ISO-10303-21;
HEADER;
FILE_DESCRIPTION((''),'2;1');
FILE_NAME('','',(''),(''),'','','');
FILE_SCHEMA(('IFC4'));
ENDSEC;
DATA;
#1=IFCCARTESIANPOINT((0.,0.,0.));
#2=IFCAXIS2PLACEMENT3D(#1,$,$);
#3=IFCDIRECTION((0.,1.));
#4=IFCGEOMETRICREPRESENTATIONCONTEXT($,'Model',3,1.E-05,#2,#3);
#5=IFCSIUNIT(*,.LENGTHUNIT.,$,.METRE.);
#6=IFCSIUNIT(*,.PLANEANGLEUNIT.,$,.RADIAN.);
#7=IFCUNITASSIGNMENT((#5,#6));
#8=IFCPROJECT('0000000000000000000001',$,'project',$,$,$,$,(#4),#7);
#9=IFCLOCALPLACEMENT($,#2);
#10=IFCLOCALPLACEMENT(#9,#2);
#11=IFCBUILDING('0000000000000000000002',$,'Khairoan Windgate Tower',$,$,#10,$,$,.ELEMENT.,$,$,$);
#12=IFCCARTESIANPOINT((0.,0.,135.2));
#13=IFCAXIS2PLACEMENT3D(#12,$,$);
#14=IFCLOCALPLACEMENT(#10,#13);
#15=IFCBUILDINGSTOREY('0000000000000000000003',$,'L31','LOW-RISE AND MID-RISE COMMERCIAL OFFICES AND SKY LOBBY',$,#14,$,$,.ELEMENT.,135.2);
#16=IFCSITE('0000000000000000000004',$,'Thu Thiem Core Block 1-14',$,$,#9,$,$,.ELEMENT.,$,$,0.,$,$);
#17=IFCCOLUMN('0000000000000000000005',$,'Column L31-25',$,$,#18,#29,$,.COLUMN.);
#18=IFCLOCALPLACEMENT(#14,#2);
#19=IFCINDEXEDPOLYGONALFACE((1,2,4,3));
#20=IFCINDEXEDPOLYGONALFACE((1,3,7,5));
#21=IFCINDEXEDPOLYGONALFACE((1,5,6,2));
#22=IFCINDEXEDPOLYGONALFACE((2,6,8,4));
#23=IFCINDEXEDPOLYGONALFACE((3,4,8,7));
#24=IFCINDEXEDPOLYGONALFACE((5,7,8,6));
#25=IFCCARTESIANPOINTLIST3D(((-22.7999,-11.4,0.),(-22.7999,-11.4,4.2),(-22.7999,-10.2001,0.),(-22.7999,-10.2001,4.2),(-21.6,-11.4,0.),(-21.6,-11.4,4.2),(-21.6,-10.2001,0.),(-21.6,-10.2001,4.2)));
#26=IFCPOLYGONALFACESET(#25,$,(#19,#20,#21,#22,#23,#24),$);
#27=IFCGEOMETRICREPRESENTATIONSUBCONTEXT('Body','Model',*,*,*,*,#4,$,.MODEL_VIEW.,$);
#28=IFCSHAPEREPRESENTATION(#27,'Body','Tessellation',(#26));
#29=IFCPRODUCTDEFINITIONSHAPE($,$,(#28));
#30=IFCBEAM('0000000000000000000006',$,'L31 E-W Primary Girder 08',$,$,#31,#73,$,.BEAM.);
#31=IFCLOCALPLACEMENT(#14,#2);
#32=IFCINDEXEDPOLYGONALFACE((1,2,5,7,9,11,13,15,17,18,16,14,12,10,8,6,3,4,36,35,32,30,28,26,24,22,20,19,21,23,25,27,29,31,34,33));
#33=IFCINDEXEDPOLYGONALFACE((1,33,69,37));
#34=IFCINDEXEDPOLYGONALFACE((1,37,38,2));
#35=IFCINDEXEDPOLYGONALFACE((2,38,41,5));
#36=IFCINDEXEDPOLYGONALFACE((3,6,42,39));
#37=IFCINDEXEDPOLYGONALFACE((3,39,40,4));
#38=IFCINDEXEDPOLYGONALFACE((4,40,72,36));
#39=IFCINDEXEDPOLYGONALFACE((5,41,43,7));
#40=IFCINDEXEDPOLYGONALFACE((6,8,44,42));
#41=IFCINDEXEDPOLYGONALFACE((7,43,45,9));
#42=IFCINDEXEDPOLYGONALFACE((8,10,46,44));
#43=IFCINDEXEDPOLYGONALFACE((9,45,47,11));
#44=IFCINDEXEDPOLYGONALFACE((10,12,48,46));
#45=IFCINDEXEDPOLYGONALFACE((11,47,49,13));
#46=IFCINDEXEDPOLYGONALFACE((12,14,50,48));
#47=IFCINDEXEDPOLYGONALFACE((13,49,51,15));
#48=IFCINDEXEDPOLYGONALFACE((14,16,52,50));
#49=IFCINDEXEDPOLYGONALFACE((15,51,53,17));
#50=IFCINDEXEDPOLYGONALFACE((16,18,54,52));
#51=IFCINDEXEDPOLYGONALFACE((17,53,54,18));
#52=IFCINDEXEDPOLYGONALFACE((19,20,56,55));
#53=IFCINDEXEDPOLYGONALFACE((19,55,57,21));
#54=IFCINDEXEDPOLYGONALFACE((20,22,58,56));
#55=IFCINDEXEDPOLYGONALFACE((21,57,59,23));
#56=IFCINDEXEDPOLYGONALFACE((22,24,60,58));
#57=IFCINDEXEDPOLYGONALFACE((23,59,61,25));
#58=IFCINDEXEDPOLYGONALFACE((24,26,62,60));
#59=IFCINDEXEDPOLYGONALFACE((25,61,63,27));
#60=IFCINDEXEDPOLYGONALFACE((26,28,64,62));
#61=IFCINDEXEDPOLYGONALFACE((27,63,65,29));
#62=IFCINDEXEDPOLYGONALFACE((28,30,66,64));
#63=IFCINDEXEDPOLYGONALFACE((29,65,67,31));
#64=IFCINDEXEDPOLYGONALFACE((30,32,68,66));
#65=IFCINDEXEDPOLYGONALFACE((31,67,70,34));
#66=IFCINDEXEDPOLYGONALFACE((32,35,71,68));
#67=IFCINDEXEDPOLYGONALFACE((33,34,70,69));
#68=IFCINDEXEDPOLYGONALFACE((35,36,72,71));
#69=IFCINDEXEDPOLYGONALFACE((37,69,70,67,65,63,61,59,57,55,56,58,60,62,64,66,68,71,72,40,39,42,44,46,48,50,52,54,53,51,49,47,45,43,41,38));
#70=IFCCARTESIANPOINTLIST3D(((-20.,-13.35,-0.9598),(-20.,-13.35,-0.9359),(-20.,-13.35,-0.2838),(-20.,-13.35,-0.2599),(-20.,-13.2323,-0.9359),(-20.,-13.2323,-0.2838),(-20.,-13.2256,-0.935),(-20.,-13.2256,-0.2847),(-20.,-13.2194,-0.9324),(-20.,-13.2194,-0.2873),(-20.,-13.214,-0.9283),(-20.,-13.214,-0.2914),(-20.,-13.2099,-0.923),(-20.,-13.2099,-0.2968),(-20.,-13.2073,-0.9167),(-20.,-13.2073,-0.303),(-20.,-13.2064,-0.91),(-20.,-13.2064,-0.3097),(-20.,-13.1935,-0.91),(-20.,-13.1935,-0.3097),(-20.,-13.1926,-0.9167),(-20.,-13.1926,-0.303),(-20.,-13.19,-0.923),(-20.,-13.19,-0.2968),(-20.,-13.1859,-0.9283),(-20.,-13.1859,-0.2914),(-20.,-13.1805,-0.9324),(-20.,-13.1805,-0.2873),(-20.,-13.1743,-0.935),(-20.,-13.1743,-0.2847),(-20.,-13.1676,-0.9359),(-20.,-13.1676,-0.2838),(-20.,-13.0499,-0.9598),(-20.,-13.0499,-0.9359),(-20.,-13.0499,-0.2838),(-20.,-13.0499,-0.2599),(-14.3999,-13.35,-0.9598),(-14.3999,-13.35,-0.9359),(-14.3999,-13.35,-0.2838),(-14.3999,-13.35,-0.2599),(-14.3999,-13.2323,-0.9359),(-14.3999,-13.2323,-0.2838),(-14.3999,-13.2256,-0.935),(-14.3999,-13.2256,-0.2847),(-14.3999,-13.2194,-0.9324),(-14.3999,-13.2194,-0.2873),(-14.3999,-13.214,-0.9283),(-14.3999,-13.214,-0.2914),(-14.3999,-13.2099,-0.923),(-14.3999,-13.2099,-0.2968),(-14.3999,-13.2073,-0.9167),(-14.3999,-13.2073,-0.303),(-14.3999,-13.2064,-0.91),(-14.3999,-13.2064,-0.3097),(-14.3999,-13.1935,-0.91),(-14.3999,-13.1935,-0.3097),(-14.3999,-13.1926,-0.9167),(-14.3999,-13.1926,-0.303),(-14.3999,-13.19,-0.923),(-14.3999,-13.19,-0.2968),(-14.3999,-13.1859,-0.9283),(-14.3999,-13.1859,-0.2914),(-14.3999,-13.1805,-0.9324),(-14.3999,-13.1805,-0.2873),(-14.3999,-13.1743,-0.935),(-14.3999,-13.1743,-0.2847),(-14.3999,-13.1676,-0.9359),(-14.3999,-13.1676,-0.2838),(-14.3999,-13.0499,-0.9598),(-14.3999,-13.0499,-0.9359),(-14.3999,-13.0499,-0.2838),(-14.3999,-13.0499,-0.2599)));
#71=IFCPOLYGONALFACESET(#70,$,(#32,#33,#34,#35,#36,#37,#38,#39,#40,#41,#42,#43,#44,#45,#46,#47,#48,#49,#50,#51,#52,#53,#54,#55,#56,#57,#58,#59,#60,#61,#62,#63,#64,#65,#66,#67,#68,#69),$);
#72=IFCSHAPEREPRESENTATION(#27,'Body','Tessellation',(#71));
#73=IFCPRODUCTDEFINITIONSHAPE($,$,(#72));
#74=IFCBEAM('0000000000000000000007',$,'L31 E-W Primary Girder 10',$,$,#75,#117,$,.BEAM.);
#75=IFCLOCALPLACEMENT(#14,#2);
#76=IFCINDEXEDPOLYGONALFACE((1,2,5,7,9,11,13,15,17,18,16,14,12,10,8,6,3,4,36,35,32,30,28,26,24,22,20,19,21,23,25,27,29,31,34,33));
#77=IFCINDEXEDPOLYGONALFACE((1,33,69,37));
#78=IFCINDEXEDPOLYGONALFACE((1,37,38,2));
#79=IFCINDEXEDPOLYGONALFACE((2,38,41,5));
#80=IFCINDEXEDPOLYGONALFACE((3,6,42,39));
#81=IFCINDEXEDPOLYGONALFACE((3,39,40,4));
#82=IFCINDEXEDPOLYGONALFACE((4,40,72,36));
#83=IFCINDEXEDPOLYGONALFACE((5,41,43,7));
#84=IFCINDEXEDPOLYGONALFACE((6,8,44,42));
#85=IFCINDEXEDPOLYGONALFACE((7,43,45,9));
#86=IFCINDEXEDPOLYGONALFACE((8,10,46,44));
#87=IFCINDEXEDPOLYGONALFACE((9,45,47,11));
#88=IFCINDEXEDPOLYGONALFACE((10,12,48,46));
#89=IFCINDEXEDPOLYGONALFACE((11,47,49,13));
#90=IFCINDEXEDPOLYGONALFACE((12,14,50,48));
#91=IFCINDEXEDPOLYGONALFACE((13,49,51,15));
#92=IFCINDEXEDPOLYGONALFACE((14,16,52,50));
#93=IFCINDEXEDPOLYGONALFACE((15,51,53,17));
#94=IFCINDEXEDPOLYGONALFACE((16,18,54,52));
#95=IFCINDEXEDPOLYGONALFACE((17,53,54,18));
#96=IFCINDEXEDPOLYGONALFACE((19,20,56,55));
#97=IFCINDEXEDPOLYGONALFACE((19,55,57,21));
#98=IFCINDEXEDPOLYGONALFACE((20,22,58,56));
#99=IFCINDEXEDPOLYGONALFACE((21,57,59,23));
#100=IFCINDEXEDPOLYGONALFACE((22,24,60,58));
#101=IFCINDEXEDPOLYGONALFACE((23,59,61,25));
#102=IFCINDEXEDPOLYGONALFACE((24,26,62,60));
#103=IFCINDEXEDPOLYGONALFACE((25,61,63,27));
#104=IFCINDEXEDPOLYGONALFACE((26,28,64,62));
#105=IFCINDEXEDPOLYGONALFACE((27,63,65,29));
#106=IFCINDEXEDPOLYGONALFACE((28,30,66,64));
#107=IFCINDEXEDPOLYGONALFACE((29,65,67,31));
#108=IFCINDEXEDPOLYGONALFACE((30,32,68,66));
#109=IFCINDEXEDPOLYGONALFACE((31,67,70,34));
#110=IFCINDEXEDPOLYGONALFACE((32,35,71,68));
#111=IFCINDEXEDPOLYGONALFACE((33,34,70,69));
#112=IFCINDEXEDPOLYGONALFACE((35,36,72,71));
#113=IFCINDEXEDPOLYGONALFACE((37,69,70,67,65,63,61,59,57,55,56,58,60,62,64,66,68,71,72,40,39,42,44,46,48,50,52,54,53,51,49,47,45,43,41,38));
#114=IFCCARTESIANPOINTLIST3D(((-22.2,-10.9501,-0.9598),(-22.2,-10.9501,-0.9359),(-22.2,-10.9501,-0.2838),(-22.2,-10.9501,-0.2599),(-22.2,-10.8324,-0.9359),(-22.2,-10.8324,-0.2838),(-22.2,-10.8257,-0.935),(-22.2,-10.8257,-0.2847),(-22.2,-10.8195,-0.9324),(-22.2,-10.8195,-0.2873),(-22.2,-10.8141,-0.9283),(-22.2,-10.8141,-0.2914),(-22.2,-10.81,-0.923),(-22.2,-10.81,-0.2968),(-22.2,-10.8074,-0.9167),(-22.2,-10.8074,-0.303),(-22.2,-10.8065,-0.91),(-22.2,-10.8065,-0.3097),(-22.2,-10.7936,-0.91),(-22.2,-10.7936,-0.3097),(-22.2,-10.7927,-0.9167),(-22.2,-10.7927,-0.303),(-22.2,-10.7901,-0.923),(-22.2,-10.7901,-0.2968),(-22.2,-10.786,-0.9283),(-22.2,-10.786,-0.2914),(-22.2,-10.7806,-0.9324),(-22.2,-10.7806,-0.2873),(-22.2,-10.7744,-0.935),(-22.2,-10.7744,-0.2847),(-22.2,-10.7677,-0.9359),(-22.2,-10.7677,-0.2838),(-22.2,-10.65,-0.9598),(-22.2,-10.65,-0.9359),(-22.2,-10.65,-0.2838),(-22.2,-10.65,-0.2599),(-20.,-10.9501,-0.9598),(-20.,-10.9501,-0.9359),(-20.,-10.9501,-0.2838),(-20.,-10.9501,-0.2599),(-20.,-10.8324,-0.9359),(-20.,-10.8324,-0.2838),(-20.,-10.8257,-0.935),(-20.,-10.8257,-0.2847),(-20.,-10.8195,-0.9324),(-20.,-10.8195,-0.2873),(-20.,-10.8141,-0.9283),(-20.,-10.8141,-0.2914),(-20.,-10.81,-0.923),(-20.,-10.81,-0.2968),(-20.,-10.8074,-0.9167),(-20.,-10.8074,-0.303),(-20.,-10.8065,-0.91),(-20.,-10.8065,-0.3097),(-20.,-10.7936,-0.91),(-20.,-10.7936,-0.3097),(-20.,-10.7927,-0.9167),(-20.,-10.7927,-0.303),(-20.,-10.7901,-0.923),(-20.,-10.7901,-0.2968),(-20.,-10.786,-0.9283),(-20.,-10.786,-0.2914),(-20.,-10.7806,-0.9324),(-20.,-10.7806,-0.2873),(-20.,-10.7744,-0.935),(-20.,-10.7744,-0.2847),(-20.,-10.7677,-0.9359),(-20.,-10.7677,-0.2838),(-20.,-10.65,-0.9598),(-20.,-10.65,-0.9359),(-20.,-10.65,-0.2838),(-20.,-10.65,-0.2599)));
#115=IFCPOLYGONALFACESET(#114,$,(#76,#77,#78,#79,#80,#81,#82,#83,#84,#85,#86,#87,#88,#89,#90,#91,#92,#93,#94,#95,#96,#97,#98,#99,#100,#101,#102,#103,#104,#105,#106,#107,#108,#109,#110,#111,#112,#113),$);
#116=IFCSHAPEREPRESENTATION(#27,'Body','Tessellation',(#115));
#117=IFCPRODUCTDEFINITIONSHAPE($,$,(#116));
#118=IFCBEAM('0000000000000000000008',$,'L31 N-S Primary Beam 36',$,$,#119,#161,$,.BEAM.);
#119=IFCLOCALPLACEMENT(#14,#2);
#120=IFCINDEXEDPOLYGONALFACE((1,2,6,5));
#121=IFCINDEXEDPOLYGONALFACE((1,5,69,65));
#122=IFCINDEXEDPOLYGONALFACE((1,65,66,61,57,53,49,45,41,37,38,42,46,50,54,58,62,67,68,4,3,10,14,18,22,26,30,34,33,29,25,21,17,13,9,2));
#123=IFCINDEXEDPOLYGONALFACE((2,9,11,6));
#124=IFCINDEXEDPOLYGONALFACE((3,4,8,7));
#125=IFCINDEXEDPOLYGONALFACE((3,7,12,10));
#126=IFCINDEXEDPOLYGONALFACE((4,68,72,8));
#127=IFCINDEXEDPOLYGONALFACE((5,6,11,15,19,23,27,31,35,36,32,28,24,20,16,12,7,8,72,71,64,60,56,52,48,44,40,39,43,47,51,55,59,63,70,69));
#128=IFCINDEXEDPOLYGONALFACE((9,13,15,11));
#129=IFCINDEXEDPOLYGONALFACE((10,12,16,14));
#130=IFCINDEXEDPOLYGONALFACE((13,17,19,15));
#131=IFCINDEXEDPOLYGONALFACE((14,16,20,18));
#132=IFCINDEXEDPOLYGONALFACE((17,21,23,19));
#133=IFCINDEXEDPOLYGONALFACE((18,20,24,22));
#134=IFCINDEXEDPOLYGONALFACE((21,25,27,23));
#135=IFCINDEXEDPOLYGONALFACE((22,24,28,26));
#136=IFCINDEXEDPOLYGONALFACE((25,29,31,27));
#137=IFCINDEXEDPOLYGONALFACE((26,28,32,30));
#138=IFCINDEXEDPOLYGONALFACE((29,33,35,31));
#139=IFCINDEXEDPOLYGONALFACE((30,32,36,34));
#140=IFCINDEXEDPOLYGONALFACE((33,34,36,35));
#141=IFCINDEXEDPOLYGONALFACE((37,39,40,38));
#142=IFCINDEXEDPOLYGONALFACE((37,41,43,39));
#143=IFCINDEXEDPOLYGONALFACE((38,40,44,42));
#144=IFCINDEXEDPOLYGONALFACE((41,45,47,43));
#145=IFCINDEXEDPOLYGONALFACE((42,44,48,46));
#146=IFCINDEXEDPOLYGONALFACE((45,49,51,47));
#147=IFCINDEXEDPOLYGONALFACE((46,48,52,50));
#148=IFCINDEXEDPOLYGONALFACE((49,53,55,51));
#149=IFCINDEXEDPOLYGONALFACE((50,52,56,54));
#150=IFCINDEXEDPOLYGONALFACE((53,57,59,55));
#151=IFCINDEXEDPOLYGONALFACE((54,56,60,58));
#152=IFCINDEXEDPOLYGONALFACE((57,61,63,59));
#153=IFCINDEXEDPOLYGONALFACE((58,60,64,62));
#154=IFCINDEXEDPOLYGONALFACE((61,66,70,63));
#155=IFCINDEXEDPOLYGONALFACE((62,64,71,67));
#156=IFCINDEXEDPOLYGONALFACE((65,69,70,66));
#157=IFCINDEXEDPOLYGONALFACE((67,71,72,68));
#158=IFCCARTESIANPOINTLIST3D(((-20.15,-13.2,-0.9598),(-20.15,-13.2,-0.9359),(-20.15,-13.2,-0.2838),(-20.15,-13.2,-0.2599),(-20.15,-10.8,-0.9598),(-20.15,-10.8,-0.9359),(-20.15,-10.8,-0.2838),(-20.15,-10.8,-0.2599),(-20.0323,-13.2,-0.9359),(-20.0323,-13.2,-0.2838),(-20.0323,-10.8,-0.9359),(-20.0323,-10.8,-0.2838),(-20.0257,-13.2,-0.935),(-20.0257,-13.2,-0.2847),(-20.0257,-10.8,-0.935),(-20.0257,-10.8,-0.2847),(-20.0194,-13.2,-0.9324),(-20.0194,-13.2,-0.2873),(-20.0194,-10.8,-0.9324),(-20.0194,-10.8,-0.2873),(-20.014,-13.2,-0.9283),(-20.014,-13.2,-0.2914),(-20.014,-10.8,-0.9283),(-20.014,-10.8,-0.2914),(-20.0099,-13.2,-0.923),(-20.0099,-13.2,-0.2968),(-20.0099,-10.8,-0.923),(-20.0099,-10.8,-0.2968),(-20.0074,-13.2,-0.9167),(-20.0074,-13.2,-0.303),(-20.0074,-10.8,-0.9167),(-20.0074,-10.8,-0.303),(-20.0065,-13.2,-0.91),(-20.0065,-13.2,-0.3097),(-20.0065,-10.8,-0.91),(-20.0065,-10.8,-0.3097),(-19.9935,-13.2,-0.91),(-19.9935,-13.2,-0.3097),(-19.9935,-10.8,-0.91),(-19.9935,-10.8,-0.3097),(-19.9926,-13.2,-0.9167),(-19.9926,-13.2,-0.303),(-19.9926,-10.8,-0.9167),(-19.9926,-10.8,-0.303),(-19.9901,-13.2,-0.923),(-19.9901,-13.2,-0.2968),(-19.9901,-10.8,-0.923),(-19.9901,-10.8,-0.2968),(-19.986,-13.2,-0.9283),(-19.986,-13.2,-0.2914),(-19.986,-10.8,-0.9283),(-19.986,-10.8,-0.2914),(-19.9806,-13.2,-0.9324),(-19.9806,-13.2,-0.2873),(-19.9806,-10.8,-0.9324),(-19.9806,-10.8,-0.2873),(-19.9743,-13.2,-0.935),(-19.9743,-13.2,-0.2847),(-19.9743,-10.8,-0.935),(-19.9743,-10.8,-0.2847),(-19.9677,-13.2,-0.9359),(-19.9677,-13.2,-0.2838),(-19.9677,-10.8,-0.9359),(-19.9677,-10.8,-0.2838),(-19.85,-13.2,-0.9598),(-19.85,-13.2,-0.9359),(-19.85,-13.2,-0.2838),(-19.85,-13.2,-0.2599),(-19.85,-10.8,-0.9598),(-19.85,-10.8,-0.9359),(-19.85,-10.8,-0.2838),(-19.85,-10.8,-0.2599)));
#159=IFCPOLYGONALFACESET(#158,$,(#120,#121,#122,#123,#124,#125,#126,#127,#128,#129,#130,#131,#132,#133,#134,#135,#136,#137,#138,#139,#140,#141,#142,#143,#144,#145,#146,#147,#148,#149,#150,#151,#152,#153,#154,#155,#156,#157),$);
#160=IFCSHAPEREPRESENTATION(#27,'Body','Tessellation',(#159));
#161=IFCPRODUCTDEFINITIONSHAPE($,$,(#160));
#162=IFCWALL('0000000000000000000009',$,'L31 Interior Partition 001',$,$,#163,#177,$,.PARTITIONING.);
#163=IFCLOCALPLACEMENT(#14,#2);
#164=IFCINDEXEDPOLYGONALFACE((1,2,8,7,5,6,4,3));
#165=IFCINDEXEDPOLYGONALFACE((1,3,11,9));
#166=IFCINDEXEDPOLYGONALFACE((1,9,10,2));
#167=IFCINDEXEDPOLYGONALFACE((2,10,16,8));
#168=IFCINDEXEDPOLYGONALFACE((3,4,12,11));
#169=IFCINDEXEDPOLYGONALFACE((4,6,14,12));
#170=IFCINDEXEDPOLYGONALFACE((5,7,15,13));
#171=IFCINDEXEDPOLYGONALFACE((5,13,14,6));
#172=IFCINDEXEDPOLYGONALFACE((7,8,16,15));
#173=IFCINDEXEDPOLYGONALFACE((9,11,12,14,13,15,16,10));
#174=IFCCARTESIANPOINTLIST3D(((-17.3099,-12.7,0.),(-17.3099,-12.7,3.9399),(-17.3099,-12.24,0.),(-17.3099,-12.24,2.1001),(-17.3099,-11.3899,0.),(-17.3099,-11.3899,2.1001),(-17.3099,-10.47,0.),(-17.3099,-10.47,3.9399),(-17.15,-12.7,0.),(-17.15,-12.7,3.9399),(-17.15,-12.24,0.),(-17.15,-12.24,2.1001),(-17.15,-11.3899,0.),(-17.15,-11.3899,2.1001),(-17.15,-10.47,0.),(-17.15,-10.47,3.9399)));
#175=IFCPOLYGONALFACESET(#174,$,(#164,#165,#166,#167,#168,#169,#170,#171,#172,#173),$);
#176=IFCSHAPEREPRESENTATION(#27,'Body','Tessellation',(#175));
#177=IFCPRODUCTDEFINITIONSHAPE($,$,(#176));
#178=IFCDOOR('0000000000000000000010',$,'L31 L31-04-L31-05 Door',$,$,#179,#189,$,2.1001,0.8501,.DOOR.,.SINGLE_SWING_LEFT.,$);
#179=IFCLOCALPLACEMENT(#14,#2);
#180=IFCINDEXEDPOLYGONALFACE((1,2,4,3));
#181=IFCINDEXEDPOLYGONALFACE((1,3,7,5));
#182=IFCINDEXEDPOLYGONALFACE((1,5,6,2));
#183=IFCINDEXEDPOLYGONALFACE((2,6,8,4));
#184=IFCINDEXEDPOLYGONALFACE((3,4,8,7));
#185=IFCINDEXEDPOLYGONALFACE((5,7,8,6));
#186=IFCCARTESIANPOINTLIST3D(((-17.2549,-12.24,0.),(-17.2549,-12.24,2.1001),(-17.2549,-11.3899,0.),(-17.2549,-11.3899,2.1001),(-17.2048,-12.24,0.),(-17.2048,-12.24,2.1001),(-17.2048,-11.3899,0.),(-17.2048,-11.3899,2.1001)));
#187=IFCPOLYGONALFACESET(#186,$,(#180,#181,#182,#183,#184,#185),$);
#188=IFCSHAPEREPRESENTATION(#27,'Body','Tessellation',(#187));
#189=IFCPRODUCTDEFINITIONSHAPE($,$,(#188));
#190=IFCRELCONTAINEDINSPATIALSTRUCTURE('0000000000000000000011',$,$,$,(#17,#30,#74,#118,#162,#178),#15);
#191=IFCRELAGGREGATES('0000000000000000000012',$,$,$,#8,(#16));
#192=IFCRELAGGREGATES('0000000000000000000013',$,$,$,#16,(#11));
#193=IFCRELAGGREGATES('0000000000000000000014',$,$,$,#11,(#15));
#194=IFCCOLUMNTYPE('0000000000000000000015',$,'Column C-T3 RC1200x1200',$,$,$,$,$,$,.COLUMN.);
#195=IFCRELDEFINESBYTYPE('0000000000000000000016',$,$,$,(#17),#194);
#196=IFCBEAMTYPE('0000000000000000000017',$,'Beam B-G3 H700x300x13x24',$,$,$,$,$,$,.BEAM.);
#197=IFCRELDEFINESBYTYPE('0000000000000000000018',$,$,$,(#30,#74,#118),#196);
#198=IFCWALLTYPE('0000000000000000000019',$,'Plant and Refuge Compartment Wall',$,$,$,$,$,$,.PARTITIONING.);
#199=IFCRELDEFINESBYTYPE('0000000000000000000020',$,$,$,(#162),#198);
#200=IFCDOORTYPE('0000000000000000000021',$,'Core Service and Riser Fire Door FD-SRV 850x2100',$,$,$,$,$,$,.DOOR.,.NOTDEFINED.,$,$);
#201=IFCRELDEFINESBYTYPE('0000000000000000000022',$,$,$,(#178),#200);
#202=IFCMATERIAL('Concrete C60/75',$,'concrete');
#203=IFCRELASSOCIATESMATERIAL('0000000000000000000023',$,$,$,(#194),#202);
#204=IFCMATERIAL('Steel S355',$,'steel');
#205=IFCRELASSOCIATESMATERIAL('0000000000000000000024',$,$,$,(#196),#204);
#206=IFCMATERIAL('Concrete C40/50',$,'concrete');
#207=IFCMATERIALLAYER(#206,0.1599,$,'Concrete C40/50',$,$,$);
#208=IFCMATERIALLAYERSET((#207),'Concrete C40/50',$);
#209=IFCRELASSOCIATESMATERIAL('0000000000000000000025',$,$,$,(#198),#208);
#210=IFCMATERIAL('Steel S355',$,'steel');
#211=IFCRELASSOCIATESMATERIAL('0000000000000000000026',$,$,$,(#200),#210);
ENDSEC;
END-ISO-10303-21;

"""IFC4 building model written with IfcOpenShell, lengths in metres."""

from ifc_helpers import new_model, si_unit, direction, frame, frame_2d, origin, origin_2d, place, context, subcontext, project, spatial, rectangle, i_section, extrude, material, layer, layer_set, material_profile, profile_set, type_object, element, fill, save


model = new_model("IFC4")

# Units and contexts
model_context = context("Model", 3, precision=1e-05, world=origin(), true_north=direction((0.0, 1.0)))
body_context = subcontext(model_context, "Body", "Model", "MODEL_VIEW")
ifc_project = project(units=[si_unit("LENGTHUNIT", "METRE"), si_unit("PLANEANGLEUNIT", "RADIAN")], contexts=[model_context])

# Site, building, storey
site_placement = place(None, origin())
site = spatial("IfcSite", under=ifc_project, at=site_placement, Name="Thu Thiem Core Block 1-14", CompositionType="ELEMENT", RefElevation=0.0)
building_placement = place(site_placement, origin())
building = spatial("IfcBuilding", under=site, at=building_placement, Name="Khairoan Windgate Tower", CompositionType="ELEMENT")
storey_placement = place(building_placement, frame((0.0, 0.0, 135.2)))
storey = spatial("IfcBuildingStorey", under=building, at=storey_placement, Name="L31", Description="LOW-RISE AND MID-RISE COMMERCIAL OFFICES AND SKY LOBBY", CompositionType="ELEMENT", Elevation=135.2)

# Column
ifc_material_1 = material(Name="Concrete C60/75", Category="concrete")
ifc_material_profile_1 = material_profile(ifc_material_1, rectangle(XDim=1.2, YDim=1.2, at=origin_2d()))
ifc_profile_set_1 = profile_set([ifc_material_profile_1], Name="Concrete C60/75")
column_type = type_object("IfcColumnType", Name="Column C-T3 RC1200x1200", PredefinedType="COLUMN", material=ifc_profile_set_1)
column_placement = place(storey_placement, frame((-22.2, -10.8, 0.0), z_axis=(0.0, 0.0, 1.0), x_axis=(1.0, 0.0, 0.0)))
element("IfcColumn", 1, at=column_placement, inside=storey, type_object=column_type, Name="Column L31-25", PredefinedType="COLUMN", context=body_context, shape_type="SweptSolid", body=[
    extrude(rectangle(XDim=1.2, YDim=1.2, at=origin_2d()), origin(), (0.0, 0.0, 1.0), 4.2),
])

# Beams
ifc_material_2 = material(Name="Steel S355", Category="steel")
ifc_material_profile_2 = material_profile(ifc_material_2, i_section(OverallWidth=0.3, OverallDepth=0.7, WebThickness=0.0129, FlangeThickness=0.0239, FilletRadius=0.0259, at=origin_2d()))
ifc_profile_set_2 = profile_set([ifc_material_profile_2], Name="Steel S355")
beam_type = type_object("IfcBeamType", Name="Beam B-G3 H700x300x13x24", PredefinedType="BEAM", material=ifc_profile_set_2)
beam_1_placement = place(storey_placement, frame((-20.0, -13.2, -0.6099), z_axis=(1.0, 0.0, 0.0), x_axis=(0.0, 1.0, 0.0)))
element("IfcBeam", 2, at=beam_1_placement, inside=storey, type_object=beam_type, Name="L31 E-W Primary Girder 08", PredefinedType="BEAM", context=body_context, shape_type="SweptSolid", body=[
    extrude(i_section(OverallWidth=0.3, OverallDepth=0.7, WebThickness=0.0129, FlangeThickness=0.0239, FilletRadius=0.0259, at=origin_2d()), origin(), (0.0, 0.0, 1.0), 5.6001),
])
beam_2_placement = place(storey_placement, frame((-22.2, -10.8, -0.6099), z_axis=(1.0, 0.0, 0.0), x_axis=(0.0, 1.0, 0.0)))
element("IfcBeam", 3, at=beam_2_placement, inside=storey, type_object=beam_type, Name="L31 E-W Primary Girder 10", PredefinedType="BEAM", context=body_context, shape_type="SweptSolid", body=[
    extrude(i_section(OverallWidth=0.3, OverallDepth=0.7, WebThickness=0.0129, FlangeThickness=0.0239, FilletRadius=0.0259, at=origin_2d()), origin(), (0.0, 0.0, 1.0), 2.2),
])
beam_3_placement = place(storey_placement, frame((-20.0, -13.2, -0.6099), z_axis=(0.0, 1.0, 0.0), x_axis=(-1.0, 0.0, 0.0)))
element("IfcBeam", 4, at=beam_3_placement, inside=storey, type_object=beam_type, Name="L31 N-S Primary Beam 36", PredefinedType="BEAM", context=body_context, shape_type="SweptSolid", body=[
    extrude(i_section(OverallWidth=0.3, OverallDepth=0.7, WebThickness=0.0129, FlangeThickness=0.0239, FilletRadius=0.0259, at=origin_2d()), origin(), (0.0, 0.0, 1.0), 2.3999),
])

# Wall, opening, door
ifc_material_3 = material(Name="Concrete C40/50", Category="concrete")
ifc_layer_1 = layer(ifc_material_3, 0.1599, Name="Concrete C40/50")
ifc_layer_set_1 = layer_set([ifc_layer_1], Name="Concrete C40/50")
wall_type_1 = type_object("IfcWallType", Name="Plant and Refuge Compartment Wall", PredefinedType="PARTITIONING", material=ifc_layer_set_1)
wall_1_placement = place(storey_placement, frame((-17.23, -12.7, 0.0), z_axis=(0.0, 0.0, 1.0), x_axis=(0.0, 1.0, 0.0)))
wall_1 = element("IfcWall", 5, at=wall_1_placement, inside=storey, type_object=wall_type_1, Name="L31 Interior Partition 001", PredefinedType="PARTITIONING", context=body_context, shape_type="SweptSolid", body=[
    extrude(rectangle(XDim=2.23, YDim=0.1599, at=frame_2d((1.115, 0.0))), origin(), (0.0, 0.0, 1.0), 3.9399),
])
opening_1_placement = place(wall_1_placement, frame((0.46, 0.0, 0.0)))
opening_1 = element("IfcOpeningElement", 6, at=opening_1_placement, cuts=wall_1, PredefinedType="OPENING", context=body_context, shape_type="SweptSolid", body=[
    extrude(rectangle(XDim=0.8501, YDim=2.1001, at=frame_2d((0.425, 1.05))), frame((0.0, 0.0898, 0.0), z_axis=(0.0, -1.0, 0.0), x_axis=(1.0, 0.0, 0.0)), (0.0, 0.0, 1.0), 0.1799),
])
ifc_material_4 = material(Name="Steel S355", Category="steel")
door_type_1 = type_object("IfcDoorType", Name="Core Service and Riser Fire Door FD-SRV 850x2100", OperationType="NOTDEFINED", PredefinedType="DOOR", material=ifc_material_4)
door_1_placement = place(opening_1_placement, origin())
door_1 = element("IfcDoor", 7, at=door_1_placement, inside=storey, type_object=door_type_1, Name="L31 L31-04-L31-05 Door", OperationType="SINGLE_SWING_LEFT", OverallHeight=2.1001, OverallWidth=0.8501, PredefinedType="DOOR", context=body_context, shape_type="SweptSolid", body=[
    extrude(rectangle(XDim=0.8501, YDim=2.1001, at=frame_2d((0.425, 1.05))), frame((0.0, 0.0249, 0.0), z_axis=(0.0, -1.0, 0.0), x_axis=(1.0, 0.0, 0.0)), (0.0, 0.0, 1.0), 0.05),
])
fill(opening_1, door_1)

save(model, "model.ifc")
